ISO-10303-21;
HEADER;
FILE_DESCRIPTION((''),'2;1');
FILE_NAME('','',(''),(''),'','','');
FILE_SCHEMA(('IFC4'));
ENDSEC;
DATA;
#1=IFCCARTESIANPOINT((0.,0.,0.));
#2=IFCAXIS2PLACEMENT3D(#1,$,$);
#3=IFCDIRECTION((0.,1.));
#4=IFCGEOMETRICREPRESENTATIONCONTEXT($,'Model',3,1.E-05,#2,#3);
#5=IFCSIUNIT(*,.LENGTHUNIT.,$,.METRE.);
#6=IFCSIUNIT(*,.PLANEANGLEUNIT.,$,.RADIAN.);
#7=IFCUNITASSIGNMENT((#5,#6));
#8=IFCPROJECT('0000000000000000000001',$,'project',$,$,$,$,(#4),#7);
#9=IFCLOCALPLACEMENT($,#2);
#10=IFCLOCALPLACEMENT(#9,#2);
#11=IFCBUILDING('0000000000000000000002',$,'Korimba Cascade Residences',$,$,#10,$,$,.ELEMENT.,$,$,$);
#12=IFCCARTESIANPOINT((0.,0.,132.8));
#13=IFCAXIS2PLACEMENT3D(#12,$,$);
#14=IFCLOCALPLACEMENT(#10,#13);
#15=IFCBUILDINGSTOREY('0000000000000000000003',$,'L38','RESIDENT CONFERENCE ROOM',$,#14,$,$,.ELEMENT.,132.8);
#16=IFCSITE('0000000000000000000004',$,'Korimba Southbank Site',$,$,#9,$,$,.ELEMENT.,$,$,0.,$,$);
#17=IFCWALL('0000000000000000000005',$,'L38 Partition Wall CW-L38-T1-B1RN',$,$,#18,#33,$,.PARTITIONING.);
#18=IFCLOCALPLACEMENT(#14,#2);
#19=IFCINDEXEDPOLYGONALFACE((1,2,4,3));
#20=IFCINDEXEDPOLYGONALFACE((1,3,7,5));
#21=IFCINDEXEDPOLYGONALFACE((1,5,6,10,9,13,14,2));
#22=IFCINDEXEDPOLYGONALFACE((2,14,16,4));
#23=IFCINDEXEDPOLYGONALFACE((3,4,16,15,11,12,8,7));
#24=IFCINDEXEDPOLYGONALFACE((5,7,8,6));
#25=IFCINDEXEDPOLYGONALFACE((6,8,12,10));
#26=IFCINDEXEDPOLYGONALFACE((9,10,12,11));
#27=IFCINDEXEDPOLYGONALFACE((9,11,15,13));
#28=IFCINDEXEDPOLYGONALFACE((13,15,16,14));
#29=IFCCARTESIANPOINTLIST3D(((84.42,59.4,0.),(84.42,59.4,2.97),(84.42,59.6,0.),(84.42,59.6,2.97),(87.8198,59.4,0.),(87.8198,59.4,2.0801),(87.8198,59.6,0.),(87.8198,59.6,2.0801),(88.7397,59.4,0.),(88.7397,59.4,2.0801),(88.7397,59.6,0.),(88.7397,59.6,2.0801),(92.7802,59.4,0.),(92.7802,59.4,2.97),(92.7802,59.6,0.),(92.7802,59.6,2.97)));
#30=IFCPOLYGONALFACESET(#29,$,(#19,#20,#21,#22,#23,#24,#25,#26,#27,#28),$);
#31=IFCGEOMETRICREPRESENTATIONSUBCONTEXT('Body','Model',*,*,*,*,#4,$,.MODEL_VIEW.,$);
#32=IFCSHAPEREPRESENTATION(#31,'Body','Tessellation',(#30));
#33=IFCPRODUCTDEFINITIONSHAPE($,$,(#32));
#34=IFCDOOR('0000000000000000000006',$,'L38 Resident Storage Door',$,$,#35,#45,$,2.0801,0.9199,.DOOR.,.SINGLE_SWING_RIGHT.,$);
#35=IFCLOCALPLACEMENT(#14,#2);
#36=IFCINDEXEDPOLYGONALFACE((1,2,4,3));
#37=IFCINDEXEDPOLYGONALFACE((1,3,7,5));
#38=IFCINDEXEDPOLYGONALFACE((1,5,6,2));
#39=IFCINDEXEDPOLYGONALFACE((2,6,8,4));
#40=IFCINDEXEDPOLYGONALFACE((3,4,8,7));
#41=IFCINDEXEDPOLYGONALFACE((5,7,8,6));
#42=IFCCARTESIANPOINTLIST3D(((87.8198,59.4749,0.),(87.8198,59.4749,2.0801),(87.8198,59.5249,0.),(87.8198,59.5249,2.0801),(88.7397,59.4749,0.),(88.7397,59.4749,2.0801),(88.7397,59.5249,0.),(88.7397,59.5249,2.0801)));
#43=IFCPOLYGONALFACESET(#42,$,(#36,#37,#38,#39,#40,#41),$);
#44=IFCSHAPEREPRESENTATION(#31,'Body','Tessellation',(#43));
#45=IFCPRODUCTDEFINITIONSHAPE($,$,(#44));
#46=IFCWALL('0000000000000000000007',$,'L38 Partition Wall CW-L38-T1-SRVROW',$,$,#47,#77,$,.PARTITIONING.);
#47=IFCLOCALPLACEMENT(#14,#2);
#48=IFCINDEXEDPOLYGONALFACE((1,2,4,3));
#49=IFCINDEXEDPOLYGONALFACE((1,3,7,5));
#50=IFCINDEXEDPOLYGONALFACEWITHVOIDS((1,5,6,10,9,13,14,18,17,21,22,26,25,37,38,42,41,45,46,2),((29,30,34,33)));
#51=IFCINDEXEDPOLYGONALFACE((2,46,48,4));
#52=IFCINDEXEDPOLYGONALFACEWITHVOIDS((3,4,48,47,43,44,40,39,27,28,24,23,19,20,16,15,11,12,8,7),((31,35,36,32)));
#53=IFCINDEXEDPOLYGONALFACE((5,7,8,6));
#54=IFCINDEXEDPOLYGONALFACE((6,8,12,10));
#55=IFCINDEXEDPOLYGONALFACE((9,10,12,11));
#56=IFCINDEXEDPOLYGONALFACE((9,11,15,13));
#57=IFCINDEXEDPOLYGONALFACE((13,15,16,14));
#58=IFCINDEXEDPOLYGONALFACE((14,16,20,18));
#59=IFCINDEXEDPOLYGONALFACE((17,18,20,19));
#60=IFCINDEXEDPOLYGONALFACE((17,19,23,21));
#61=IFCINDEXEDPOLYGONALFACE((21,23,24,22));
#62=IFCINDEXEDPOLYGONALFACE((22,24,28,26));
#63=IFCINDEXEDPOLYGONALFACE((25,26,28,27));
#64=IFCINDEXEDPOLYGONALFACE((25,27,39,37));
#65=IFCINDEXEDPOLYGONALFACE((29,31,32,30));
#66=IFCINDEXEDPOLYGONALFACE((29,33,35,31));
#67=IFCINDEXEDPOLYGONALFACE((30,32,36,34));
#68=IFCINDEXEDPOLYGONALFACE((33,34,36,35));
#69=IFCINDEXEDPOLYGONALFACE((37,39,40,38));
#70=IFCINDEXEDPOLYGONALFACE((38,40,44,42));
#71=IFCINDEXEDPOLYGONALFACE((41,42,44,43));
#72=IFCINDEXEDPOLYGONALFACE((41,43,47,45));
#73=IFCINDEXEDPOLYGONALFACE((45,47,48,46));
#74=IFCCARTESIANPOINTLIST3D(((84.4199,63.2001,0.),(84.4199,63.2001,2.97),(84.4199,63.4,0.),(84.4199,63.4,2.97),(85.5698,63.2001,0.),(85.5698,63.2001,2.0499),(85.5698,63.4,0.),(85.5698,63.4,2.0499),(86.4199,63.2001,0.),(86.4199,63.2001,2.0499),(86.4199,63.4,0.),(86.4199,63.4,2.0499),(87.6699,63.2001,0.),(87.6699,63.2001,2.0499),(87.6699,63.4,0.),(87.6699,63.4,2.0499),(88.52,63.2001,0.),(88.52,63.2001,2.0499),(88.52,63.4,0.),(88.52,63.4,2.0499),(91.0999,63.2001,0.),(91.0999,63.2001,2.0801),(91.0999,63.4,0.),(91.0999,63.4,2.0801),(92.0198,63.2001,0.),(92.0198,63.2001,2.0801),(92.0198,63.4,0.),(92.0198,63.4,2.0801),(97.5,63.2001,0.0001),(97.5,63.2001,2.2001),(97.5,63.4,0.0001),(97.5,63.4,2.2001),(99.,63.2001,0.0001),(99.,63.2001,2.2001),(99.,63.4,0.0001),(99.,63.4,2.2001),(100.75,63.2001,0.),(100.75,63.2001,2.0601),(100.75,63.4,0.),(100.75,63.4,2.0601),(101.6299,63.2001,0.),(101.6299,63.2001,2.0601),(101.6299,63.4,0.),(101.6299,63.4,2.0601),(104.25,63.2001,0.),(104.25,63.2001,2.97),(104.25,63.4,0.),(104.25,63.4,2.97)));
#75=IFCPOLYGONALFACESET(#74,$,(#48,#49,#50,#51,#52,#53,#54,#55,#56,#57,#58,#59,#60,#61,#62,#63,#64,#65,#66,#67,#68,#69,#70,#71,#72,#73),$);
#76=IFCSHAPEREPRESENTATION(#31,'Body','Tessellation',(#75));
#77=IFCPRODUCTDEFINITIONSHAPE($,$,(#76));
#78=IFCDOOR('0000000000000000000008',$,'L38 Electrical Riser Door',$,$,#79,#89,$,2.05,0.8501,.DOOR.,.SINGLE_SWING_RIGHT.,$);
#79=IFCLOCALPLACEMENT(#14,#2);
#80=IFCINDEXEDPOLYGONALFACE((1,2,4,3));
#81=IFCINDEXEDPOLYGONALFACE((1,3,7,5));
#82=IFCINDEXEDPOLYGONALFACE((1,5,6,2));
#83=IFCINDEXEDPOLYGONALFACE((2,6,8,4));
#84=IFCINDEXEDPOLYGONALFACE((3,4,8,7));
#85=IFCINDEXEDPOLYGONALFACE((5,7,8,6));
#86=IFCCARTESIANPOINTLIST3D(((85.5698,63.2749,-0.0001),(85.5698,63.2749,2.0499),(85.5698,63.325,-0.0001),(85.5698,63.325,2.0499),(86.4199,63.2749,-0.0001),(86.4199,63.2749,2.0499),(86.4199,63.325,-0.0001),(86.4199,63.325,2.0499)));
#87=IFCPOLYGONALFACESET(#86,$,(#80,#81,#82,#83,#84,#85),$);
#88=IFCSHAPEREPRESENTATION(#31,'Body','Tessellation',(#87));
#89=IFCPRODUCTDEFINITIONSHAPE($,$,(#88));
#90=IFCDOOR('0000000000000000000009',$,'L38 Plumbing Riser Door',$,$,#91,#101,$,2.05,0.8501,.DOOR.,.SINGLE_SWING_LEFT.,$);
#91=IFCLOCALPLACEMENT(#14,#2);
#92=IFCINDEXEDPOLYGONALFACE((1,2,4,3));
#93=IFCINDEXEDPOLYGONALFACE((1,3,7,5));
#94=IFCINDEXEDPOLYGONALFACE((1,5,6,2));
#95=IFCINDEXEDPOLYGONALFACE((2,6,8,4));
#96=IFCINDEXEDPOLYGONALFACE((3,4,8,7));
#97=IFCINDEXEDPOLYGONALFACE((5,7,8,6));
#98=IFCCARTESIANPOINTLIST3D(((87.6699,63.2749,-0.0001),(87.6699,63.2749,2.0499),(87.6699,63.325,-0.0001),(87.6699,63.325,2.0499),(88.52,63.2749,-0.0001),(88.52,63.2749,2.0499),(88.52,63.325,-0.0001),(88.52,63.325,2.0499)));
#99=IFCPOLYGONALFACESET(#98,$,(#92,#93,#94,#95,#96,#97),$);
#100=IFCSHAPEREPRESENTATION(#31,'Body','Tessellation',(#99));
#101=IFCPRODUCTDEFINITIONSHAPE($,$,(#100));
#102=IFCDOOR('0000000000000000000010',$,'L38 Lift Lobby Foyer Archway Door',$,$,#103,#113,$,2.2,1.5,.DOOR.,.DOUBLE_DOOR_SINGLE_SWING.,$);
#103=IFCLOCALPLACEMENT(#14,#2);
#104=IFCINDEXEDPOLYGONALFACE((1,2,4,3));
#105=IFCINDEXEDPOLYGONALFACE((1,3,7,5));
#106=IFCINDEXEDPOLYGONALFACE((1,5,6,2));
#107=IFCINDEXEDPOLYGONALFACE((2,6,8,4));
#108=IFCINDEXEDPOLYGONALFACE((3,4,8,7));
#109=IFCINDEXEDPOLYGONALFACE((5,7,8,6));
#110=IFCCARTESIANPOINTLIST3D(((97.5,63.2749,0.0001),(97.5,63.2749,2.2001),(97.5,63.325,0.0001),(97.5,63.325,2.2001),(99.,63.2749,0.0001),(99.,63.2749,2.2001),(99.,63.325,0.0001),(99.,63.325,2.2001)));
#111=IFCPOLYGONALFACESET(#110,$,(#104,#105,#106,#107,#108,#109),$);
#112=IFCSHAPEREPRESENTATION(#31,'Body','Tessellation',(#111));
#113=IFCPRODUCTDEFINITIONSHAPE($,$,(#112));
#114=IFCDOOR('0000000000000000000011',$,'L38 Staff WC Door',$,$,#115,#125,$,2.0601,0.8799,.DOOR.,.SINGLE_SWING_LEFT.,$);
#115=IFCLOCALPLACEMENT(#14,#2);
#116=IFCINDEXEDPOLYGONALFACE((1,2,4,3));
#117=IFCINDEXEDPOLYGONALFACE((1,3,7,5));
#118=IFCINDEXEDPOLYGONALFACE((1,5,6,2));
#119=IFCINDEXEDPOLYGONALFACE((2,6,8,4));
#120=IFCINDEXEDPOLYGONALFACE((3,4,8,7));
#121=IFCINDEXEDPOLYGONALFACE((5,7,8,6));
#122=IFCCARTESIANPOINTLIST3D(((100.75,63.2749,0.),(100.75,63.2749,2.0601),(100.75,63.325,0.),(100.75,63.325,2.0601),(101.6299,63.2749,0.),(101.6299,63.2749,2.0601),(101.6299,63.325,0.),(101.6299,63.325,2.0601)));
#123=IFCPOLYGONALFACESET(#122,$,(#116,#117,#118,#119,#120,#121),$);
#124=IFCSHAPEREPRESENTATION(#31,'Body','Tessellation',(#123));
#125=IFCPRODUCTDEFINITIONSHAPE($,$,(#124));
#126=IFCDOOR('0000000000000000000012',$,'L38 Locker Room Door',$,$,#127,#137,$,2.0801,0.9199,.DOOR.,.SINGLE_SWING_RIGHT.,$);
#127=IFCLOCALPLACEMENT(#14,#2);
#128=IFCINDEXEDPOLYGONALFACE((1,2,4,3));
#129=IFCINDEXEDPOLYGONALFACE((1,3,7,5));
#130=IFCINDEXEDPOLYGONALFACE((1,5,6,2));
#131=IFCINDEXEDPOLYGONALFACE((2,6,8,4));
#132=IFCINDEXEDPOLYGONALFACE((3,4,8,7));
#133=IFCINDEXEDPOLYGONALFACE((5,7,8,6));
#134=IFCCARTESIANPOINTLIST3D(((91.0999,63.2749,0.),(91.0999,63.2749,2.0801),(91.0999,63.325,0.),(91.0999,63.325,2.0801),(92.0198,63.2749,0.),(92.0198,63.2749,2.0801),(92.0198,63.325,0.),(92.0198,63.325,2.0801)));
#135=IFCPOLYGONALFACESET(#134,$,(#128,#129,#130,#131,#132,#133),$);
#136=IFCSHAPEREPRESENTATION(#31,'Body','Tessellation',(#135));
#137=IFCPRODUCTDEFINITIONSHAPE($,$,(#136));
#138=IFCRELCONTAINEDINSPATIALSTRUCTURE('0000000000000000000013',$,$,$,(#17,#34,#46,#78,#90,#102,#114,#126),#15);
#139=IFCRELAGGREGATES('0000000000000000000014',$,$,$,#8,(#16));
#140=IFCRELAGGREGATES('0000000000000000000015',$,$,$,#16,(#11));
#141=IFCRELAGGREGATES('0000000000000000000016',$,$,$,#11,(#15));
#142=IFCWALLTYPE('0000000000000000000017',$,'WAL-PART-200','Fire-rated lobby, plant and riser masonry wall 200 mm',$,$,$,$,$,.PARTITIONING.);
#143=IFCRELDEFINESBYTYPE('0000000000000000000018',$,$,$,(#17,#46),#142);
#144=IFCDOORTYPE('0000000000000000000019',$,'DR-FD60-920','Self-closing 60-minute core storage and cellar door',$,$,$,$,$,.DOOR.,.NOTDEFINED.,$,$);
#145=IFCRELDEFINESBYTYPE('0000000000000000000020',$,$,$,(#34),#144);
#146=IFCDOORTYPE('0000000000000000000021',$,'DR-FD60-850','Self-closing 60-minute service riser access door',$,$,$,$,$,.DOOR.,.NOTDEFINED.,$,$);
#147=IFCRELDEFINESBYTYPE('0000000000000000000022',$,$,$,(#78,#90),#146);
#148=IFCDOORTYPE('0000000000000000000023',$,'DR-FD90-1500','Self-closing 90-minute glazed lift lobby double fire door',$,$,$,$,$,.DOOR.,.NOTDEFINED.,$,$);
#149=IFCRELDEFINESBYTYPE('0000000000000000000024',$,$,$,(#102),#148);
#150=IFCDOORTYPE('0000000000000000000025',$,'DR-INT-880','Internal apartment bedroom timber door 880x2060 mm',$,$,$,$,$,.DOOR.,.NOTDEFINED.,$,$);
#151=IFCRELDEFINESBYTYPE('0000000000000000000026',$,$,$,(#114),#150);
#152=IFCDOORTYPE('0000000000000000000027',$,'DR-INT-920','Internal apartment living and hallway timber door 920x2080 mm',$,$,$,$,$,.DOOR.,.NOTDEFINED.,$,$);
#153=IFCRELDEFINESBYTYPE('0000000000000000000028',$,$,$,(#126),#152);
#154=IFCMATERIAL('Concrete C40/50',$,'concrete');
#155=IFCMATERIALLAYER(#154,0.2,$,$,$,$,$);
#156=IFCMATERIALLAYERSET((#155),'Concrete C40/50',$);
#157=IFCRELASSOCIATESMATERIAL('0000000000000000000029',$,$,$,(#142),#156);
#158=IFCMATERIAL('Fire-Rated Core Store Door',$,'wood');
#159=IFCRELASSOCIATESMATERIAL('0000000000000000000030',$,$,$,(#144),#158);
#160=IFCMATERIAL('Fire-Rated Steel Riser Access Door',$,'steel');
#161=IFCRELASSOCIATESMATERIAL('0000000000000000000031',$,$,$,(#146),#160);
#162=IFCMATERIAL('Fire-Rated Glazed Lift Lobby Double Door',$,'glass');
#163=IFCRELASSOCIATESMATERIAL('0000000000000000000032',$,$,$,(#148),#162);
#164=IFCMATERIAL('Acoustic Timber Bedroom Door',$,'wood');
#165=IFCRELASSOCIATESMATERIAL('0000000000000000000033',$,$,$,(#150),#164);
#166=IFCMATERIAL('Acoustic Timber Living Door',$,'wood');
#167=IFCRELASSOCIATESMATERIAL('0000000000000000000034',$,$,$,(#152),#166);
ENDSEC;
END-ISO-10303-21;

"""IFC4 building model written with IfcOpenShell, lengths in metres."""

from ifc_helpers import new_model, si_unit, direction, frame, frame_2d, origin, place, context, subcontext, project, spatial, rectangle, extrude, material, layer, layer_set, type_object, element, fill, save


model = new_model("IFC4")

# Units and contexts
model_context = context("Model", 3, precision=1e-05, world=origin(), true_north=direction((0.0, 1.0)))
body_context = subcontext(model_context, "Body", "Model", "MODEL_VIEW")
ifc_project = project(units=[si_unit("LENGTHUNIT", "METRE"), si_unit("PLANEANGLEUNIT", "RADIAN")], contexts=[model_context])

# Site, building, storey
site_placement = place(None, origin())
site = spatial("IfcSite", under=ifc_project, at=site_placement, Name="Korimba Southbank Site", CompositionType="ELEMENT", RefElevation=0.0)
building_placement = place(site_placement, origin())
building = spatial("IfcBuilding", under=site, at=building_placement, Name="Korimba Cascade Residences", CompositionType="ELEMENT")
storey_placement = place(building_placement, frame((0.0, 0.0, 132.8)))
storey = spatial("IfcBuildingStorey", under=building, at=storey_placement, Name="L38", Description="RESIDENT CONFERENCE ROOM", CompositionType="ELEMENT", Elevation=132.8)

# Shared definitions
ifc_material_1 = material(Name="Concrete C40/50", Category="concrete")
ifc_layer_1 = layer(ifc_material_1, 0.2)
ifc_layer_set_1 = layer_set([ifc_layer_1], Name="Concrete C40/50")
wall_type_1 = type_object("IfcWallType", Name="WAL-PART-200", Description="Fire-rated lobby, plant and riser masonry wall 200 mm", PredefinedType="PARTITIONING", material=ifc_layer_set_1)

# Wall, opening, door
wall_1_placement = place(storey_placement, frame((84.4199, 59.5, 0.0), z_axis=(0.0, 0.0, 1.0), x_axis=(1.0, 0.0, 0.0)))
wall_1 = element("IfcWall", 1, at=wall_1_placement, inside=storey, type_object=wall_type_1, Name="L38 Partition Wall CW-L38-T1-B1RN", PredefinedType="PARTITIONING", context=body_context, shape_type="SweptSolid", body=[
    extrude(rectangle(XDim=8.3601, YDim=0.2, at=frame_2d((4.1802, 0.0))), origin(), (0.0, 0.0, 1.0), 2.97),
])
opening_1_placement = place(wall_1_placement, frame((3.3999, 0.0, 0.0)))
opening_1 = element("IfcOpeningElement", 2, at=opening_1_placement, cuts=wall_1, PredefinedType="OPENING", context=body_context, shape_type="SweptSolid", body=[
    extrude(rectangle(XDim=0.9199, YDim=2.0801, at=frame_2d((0.46, 1.04))), frame((0.0, 0.1099, 0.0), z_axis=(0.0, -1.0, 0.0), x_axis=(1.0, 0.0, 0.0)), (0.0, 0.0, 1.0), 0.22),
])
ifc_material_2 = material(Name="Fire-Rated Core Store Door", Category="wood")
door_type_1 = type_object("IfcDoorType", Name="DR-FD60-920", Description="Self-closing 60-minute core storage and cellar door", OperationType="NOTDEFINED", PredefinedType="DOOR", material=ifc_material_2)
door_1_placement = place(opening_1_placement, origin())
door_1 = element("IfcDoor", 3, at=door_1_placement, inside=storey, type_object=door_type_1, Name="L38 Resident Storage Door", OperationType="SINGLE_SWING_RIGHT", OverallHeight=2.0801, OverallWidth=0.9199, PredefinedType="DOOR", context=body_context, shape_type="SweptSolid", body=[
    extrude(rectangle(XDim=0.9199, YDim=2.0801, at=frame_2d((0.46, 1.04))), frame((0.0, 0.0249, 0.0), z_axis=(0.0, -1.0, 0.0), x_axis=(1.0, 0.0, 0.0)), (0.0, 0.0, 1.0), 0.05),
])
fill(opening_1, door_1)

# Wall, openings, doors
wall_2_placement = place(storey_placement, frame((84.4199, 63.3, 0.0), z_axis=(0.0, 0.0, 1.0), x_axis=(1.0, 0.0, 0.0)))
wall_2 = element("IfcWall", 4, at=wall_2_placement, inside=storey, type_object=wall_type_1, Name="L38 Partition Wall CW-L38-T1-SRVROW", PredefinedType="PARTITIONING", context=body_context, shape_type="SweptSolid", body=[
    extrude(rectangle(XDim=19.8301, YDim=0.2, at=frame_2d((9.915, 0.0))), origin(), (0.0, 0.0, 1.0), 2.97),
])
opening_2_placement = place(wall_2_placement, frame((1.1499, 0.0, 0.0)))
opening_2 = element("IfcOpeningElement", 5, at=opening_2_placement, cuts=wall_2, PredefinedType="OPENING", context=body_context, shape_type="SweptSolid", body=[
    extrude(rectangle(XDim=0.8501, YDim=2.05, at=frame_2d((0.425, 1.0249))), frame((0.0, 0.1099, 0.0), z_axis=(0.0, -1.0, 0.0), x_axis=(1.0, 0.0, 0.0)), (0.0, 0.0, 1.0), 0.22),
])
opening_3_placement = place(wall_2_placement, frame((3.25, 0.0, 0.0)))
opening_3 = element("IfcOpeningElement", 6, at=opening_3_placement, cuts=wall_2, PredefinedType="OPENING", context=body_context, shape_type="SweptSolid", body=[
    extrude(rectangle(XDim=0.8501, YDim=2.05, at=frame_2d((0.425, 1.0249))), frame((0.0, 0.1099, 0.0), z_axis=(0.0, -1.0, 0.0), x_axis=(1.0, 0.0, 0.0)), (0.0, 0.0, 1.0), 0.22),
])
opening_4_placement = place(wall_2_placement, frame((13.0801, 0.0, 0.0)))
opening_4 = element("IfcOpeningElement", 7, at=opening_4_placement, cuts=wall_2, PredefinedType="OPENING", context=body_context, shape_type="SweptSolid", body=[
    extrude(rectangle(XDim=1.5, YDim=2.2, at=frame_2d((0.75, 1.1001))), frame((0.0, 0.1099, 0.0), z_axis=(0.0, -1.0, 0.0), x_axis=(1.0, 0.0, 0.0)), (0.0, 0.0, 1.0), 0.22),
])
opening_5_placement = place(wall_2_placement, frame((6.6799, 0.0, 0.0)))
opening_5 = element("IfcOpeningElement", 8, at=opening_5_placement, cuts=wall_2, PredefinedType="OPENING", context=body_context, shape_type="SweptSolid", body=[
    extrude(rectangle(XDim=0.9199, YDim=2.0801, at=frame_2d((0.46, 1.04))), frame((0.0, 0.1099, 0.0), z_axis=(0.0, -1.0, 0.0), x_axis=(1.0, 0.0, 0.0)), (0.0, 0.0, 1.0), 0.22),
])
opening_6_placement = place(wall_2_placement, frame((16.3301, 0.0, 0.0)))
opening_6 = element("IfcOpeningElement", 9, at=opening_6_placement, cuts=wall_2, PredefinedType="OPENING", context=body_context, shape_type="SweptSolid", body=[
    extrude(rectangle(XDim=0.8799, YDim=2.0601, at=frame_2d((0.4399, 1.03))), frame((0.0, 0.1099, 0.0), z_axis=(0.0, -1.0, 0.0), x_axis=(1.0, 0.0, 0.0)), (0.0, 0.0, 1.0), 0.22),
])
ifc_material_3 = material(Name="Fire-Rated Steel Riser Access Door", Category="steel")
door_type_2 = type_object("IfcDoorType", Name="DR-FD60-850", Description="Self-closing 60-minute service riser access door", OperationType="NOTDEFINED", PredefinedType="DOOR", material=ifc_material_3)
door_2_placement = place(opening_2_placement, origin())
door_2 = element("IfcDoor", 10, at=door_2_placement, inside=storey, type_object=door_type_2, Name="L38 Electrical Riser Door", OperationType="SINGLE_SWING_RIGHT", OverallHeight=2.05, OverallWidth=0.8501, PredefinedType="DOOR", context=body_context, shape_type="SweptSolid", body=[
    extrude(rectangle(XDim=0.8501, YDim=2.05, at=frame_2d((0.425, 1.0249))), frame((0.0, 0.0249, 0.0), z_axis=(0.0, -1.0, 0.0), x_axis=(1.0, 0.0, 0.0)), (0.0, 0.0, 1.0), 0.05),
])
fill(opening_2, door_2)
door_3_placement = place(opening_3_placement, origin())
door_3 = element("IfcDoor", 11, at=door_3_placement, inside=storey, type_object=door_type_2, Name="L38 Plumbing Riser Door", OperationType="SINGLE_SWING_LEFT", OverallHeight=2.05, OverallWidth=0.8501, PredefinedType="DOOR", context=body_context, shape_type="SweptSolid", body=[
    extrude(rectangle(XDim=0.8501, YDim=2.05, at=frame_2d((0.425, 1.0249))), frame((0.0, 0.0249, 0.0), z_axis=(0.0, -1.0, 0.0), x_axis=(1.0, 0.0, 0.0)), (0.0, 0.0, 1.0), 0.05),
])
fill(opening_3, door_3)
ifc_material_4 = material(Name="Fire-Rated Glazed Lift Lobby Double Door", Category="glass")
door_type_3 = type_object("IfcDoorType", Name="DR-FD90-1500", Description="Self-closing 90-minute glazed lift lobby double fire door", OperationType="NOTDEFINED", PredefinedType="DOOR", material=ifc_material_4)
door_4_placement = place(opening_4_placement, origin())
door_4 = element("IfcDoor", 12, at=door_4_placement, inside=storey, type_object=door_type_3, Name="L38 Lift Lobby Foyer Archway Door", OperationType="DOUBLE_DOOR_SINGLE_SWING", OverallHeight=2.2, OverallWidth=1.5, PredefinedType="DOOR", context=body_context, shape_type="SweptSolid", body=[
    extrude(rectangle(XDim=1.5, YDim=2.2, at=frame_2d((0.75, 1.1001))), frame((0.0, 0.0249, 0.0), z_axis=(0.0, -1.0, 0.0), x_axis=(1.0, 0.0, 0.0)), (0.0, 0.0, 1.0), 0.05),
])
fill(opening_4, door_4)
ifc_material_5 = material(Name="Acoustic Timber Bedroom Door", Category="wood")
door_type_4 = type_object("IfcDoorType", Name="DR-INT-880", Description="Internal apartment bedroom timber door 880x2060 mm", OperationType="NOTDEFINED", PredefinedType="DOOR", material=ifc_material_5)
door_5_placement = place(opening_6_placement, origin())
door_5 = element("IfcDoor", 13, at=door_5_placement, inside=storey, type_object=door_type_4, Name="L38 Staff WC Door", OperationType="SINGLE_SWING_LEFT", OverallHeight=2.0601, OverallWidth=0.8799, PredefinedType="DOOR", context=body_context, shape_type="SweptSolid", body=[
    extrude(rectangle(XDim=0.8799, YDim=2.0601, at=frame_2d((0.4399, 1.03))), frame((0.0, 0.0249, 0.0), z_axis=(0.0, -1.0, 0.0), x_axis=(1.0, 0.0, 0.0)), (0.0, 0.0, 1.0), 0.05),
])
fill(opening_6, door_5)
ifc_material_6 = material(Name="Acoustic Timber Living Door", Category="wood")
door_type_5 = type_object("IfcDoorType", Name="DR-INT-920", Description="Internal apartment living and hallway timber door 920x2080 mm", OperationType="NOTDEFINED", PredefinedType="DOOR", material=ifc_material_6)
door_6_placement = place(opening_5_placement, origin())
door_6 = element("IfcDoor", 14, at=door_6_placement, inside=storey, type_object=door_type_5, Name="L38 Locker Room Door", OperationType="SINGLE_SWING_RIGHT", OverallHeight=2.0801, OverallWidth=0.9199, PredefinedType="DOOR", context=body_context, shape_type="SweptSolid", body=[
    extrude(rectangle(XDim=0.9199, YDim=2.0801, at=frame_2d((0.46, 1.04))), frame((0.0, 0.0249, 0.0), z_axis=(0.0, -1.0, 0.0), x_axis=(1.0, 0.0, 0.0)), (0.0, 0.0, 1.0), 0.05),
])
fill(opening_5, door_6)

save(model, "model.ifc")
